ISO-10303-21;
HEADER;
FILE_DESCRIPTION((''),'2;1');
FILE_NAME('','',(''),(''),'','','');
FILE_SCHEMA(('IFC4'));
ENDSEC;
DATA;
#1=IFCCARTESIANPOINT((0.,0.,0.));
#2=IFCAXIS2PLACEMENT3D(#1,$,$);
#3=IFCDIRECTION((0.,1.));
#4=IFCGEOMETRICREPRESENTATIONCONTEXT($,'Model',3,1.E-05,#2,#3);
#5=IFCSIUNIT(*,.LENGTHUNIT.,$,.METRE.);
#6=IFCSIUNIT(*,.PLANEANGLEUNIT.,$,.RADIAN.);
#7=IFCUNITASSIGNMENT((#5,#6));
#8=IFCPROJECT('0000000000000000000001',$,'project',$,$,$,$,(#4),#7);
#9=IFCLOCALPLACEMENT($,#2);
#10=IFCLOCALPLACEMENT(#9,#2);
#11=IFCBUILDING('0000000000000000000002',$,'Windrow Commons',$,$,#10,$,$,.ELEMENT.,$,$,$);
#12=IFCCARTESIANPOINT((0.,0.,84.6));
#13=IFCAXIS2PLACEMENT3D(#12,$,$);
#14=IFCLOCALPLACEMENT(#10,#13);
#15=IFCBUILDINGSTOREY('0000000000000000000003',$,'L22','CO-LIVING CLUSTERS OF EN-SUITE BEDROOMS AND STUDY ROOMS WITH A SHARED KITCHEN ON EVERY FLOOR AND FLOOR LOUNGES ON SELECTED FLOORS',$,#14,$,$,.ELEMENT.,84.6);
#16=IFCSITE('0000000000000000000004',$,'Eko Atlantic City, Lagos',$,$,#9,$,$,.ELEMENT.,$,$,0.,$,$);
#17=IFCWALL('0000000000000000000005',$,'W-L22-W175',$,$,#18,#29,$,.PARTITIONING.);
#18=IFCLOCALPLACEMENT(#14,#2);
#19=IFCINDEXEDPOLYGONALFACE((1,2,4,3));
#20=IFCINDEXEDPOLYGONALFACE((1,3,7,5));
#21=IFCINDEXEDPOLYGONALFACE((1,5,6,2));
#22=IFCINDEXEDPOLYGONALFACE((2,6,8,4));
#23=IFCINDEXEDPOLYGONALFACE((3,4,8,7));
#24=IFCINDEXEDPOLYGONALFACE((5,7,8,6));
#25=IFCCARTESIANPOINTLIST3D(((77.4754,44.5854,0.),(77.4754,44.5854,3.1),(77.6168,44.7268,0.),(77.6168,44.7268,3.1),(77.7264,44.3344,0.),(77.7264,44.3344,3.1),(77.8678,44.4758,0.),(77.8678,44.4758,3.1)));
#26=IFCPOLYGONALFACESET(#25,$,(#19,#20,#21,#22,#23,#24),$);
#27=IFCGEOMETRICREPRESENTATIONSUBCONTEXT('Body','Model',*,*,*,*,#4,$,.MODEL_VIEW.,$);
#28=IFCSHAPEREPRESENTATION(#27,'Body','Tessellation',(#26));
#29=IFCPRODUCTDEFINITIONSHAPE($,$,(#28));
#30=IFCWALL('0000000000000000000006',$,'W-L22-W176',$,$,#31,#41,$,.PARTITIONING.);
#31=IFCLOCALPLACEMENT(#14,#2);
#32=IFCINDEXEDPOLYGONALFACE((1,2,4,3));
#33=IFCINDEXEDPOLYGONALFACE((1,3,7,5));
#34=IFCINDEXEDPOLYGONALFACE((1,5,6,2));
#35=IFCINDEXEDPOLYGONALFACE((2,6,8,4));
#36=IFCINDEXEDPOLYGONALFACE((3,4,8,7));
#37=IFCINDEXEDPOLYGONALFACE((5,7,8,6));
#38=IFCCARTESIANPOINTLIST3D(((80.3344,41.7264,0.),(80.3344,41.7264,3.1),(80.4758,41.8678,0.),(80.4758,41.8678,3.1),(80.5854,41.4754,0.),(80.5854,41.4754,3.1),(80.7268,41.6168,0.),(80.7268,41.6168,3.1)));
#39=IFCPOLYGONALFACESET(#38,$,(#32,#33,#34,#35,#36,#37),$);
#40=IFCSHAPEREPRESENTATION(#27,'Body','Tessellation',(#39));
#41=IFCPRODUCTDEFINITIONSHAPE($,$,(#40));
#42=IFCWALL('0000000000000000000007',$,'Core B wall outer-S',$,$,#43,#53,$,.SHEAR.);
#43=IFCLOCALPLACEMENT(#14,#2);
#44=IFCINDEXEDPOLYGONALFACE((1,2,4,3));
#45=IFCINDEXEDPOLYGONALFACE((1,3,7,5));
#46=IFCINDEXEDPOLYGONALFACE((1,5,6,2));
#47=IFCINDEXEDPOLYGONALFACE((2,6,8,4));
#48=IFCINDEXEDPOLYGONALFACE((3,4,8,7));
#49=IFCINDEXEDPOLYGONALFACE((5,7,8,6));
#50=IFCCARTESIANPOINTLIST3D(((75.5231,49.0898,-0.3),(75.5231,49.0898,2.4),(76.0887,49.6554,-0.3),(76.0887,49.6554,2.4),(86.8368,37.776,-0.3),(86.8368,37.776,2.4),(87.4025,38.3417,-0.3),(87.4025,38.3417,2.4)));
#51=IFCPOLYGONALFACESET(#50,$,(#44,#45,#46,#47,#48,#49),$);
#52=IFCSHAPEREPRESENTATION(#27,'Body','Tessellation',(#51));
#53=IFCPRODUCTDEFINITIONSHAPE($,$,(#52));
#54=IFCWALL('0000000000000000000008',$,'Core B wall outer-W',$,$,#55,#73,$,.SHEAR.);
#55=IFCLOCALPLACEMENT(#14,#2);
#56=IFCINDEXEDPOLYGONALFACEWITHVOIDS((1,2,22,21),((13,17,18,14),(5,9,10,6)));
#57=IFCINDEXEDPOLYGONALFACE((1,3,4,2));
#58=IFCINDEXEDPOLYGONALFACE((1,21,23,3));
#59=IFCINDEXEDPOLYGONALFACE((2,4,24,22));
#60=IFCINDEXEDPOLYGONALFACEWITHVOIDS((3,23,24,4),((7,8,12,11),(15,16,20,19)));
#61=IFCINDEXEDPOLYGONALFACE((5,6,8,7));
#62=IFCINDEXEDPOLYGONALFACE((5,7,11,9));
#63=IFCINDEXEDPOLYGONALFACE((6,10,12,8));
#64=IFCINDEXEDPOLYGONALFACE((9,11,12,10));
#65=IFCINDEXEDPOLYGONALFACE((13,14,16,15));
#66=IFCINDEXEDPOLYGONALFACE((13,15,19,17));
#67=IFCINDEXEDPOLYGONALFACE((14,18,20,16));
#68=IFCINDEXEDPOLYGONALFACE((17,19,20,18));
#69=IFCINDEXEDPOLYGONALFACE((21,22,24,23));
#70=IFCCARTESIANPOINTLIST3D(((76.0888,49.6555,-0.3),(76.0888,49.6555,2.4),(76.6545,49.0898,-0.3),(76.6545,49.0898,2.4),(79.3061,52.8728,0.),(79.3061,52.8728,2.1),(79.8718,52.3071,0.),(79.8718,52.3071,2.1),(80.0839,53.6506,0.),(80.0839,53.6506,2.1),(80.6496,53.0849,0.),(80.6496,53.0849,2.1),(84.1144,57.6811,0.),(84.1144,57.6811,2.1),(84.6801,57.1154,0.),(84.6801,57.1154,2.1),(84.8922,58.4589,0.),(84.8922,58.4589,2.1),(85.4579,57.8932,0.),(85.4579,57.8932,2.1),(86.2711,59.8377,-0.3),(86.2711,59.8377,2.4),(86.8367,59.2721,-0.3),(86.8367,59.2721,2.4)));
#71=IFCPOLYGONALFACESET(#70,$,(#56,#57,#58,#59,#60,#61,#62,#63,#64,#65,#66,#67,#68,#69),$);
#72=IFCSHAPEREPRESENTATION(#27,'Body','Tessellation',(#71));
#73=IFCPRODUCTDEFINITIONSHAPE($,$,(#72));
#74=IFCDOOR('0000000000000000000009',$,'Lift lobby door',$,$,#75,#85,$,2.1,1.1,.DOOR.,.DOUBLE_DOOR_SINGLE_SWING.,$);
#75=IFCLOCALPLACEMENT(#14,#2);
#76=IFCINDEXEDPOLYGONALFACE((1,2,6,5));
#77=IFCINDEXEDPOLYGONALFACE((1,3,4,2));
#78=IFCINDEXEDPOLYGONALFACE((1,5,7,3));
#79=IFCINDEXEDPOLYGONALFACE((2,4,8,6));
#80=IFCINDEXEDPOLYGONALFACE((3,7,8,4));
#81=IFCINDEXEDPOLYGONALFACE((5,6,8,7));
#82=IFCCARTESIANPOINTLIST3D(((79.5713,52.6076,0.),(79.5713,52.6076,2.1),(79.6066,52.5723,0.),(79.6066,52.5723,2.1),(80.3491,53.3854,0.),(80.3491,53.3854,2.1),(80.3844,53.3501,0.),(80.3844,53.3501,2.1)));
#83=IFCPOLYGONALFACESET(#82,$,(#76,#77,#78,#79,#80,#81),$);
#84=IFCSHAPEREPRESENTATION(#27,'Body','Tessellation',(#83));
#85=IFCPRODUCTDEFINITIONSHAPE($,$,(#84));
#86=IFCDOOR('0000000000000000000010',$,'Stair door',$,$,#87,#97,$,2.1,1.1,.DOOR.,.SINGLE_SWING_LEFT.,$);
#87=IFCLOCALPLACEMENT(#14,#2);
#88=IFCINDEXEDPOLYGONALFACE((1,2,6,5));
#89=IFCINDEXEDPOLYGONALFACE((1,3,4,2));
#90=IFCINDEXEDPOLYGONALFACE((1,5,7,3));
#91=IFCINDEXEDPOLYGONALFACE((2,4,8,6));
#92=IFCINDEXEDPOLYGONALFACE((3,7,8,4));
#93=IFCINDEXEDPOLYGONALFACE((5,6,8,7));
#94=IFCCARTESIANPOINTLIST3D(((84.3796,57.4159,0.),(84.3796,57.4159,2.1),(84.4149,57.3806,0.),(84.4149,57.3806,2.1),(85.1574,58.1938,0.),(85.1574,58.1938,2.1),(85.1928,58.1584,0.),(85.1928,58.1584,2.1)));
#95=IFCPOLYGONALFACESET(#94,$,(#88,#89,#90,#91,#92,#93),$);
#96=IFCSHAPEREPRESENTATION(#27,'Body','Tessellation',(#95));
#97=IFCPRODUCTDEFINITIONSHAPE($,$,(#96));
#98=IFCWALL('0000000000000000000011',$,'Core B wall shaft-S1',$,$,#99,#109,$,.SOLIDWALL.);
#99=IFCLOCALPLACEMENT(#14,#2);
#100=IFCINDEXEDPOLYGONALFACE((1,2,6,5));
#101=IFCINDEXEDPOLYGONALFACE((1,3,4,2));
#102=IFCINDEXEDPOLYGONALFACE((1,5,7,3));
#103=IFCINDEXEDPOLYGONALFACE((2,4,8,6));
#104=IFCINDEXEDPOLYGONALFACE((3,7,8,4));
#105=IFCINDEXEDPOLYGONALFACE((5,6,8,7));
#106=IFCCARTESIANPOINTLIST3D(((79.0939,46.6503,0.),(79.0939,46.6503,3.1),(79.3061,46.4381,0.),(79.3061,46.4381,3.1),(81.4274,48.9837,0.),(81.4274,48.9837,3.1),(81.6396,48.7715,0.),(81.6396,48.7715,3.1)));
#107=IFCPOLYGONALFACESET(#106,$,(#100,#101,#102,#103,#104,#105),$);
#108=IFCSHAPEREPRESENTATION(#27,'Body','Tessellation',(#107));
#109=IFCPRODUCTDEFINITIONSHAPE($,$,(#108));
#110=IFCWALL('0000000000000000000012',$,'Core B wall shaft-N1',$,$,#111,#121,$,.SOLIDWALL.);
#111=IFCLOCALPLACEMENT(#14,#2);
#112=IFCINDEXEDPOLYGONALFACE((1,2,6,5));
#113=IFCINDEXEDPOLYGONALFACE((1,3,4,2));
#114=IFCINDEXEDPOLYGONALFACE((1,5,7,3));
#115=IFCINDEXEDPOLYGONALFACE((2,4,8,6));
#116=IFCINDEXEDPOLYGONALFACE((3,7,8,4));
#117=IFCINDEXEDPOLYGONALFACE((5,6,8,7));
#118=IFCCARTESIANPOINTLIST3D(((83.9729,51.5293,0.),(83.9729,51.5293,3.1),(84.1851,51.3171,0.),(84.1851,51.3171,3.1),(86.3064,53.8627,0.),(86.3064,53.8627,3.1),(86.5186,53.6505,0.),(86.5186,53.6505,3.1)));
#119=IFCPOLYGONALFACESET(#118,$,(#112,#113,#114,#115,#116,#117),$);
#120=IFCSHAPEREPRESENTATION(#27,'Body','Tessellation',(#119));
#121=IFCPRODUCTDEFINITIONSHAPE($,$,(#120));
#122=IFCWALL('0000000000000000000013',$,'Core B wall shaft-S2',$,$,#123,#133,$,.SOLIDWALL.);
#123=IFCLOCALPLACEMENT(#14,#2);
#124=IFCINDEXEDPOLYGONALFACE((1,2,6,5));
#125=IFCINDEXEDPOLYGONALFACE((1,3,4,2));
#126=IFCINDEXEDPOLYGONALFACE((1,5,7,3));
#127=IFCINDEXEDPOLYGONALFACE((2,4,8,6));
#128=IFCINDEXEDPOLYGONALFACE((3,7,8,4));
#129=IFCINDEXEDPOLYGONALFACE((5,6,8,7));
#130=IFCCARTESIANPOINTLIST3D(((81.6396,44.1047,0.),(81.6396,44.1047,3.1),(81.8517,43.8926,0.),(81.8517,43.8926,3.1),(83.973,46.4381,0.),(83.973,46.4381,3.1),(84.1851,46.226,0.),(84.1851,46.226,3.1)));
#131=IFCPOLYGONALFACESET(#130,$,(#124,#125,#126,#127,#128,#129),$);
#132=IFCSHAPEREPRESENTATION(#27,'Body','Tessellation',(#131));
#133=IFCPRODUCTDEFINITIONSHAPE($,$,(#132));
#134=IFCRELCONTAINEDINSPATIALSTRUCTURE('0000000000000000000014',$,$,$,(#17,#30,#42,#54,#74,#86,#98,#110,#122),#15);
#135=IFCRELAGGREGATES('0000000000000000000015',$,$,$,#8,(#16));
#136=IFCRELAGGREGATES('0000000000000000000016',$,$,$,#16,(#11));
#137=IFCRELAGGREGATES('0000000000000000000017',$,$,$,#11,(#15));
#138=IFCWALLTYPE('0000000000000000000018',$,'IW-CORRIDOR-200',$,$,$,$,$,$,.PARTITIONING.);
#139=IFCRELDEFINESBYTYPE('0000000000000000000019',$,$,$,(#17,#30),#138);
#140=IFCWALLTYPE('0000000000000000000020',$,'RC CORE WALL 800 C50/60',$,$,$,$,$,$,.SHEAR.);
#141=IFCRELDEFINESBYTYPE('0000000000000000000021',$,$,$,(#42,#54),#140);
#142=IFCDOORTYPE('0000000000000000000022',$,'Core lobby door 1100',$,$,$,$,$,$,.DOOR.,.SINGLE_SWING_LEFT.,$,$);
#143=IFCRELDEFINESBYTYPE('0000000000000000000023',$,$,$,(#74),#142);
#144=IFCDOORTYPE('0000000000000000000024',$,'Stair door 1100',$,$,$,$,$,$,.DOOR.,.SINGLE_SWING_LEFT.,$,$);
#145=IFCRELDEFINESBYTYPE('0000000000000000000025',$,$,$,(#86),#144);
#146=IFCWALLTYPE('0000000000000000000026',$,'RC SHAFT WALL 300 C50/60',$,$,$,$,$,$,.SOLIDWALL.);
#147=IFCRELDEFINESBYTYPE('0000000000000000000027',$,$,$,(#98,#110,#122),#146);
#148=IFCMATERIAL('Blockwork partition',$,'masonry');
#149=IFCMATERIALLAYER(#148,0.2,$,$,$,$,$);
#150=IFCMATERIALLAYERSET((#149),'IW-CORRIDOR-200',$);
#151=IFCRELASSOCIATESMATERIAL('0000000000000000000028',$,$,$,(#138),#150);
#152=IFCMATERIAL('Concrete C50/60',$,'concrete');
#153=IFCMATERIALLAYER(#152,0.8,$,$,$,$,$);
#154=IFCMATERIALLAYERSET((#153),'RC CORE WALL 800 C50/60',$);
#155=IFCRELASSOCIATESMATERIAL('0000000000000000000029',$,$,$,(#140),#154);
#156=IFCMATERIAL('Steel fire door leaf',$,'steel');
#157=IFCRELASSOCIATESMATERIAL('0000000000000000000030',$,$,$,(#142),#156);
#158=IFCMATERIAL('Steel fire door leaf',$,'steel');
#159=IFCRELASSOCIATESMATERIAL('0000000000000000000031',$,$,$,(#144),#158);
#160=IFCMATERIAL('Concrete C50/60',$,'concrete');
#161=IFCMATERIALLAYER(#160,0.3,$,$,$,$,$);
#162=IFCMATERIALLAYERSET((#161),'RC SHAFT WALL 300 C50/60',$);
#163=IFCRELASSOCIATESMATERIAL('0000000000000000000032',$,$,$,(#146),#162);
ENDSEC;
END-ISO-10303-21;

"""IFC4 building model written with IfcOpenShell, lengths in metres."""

from ifc_helpers import new_model, si_unit, direction, frame, frame_2d, origin, place, context, subcontext, project, spatial, rectangle, extrude, material, layer, layer_set, type_object, element, fill, save


model = new_model("IFC4")

# Units and contexts
model_context = context("Model", 3, precision=1e-05, world=origin(), true_north=direction((0.0, 1.0)))
body_context = subcontext(model_context, "Body", "Model", "MODEL_VIEW")
ifc_project = project(units=[si_unit("LENGTHUNIT", "METRE"), si_unit("PLANEANGLEUNIT", "RADIAN")], contexts=[model_context])

# Site, building, storey
site_placement = place(None, origin())
site = spatial("IfcSite", under=ifc_project, at=site_placement, Name="Eko Atlantic City, Lagos", CompositionType="ELEMENT", RefElevation=0.0)
building_placement = place(site_placement, origin())
building = spatial("IfcBuilding", under=site, at=building_placement, Name="Windrow Commons", CompositionType="ELEMENT")
storey_placement = place(building_placement, frame((0.0, 0.0, 84.6)))
storey = spatial("IfcBuildingStorey", under=building, at=storey_placement, Name="L22", Description="CO-LIVING CLUSTERS OF EN-SUITE BEDROOMS AND STUDY ROOMS WITH A SHARED KITCHEN ON EVERY FLOOR AND FLOOR LOUNGES ON SELECTED FLOORS", CompositionType="ELEMENT", Elevation=84.6)

# Shared definitions
ifc_material_1 = material(Name="Blockwork partition", Category="masonry")
ifc_layer_1 = layer(ifc_material_1, 0.2)
ifc_layer_set_1 = layer_set([ifc_layer_1], Name="IW-CORRIDOR-200")
wall_type_1 = type_object("IfcWallType", Name="IW-CORRIDOR-200", PredefinedType="PARTITIONING", material=ifc_layer_set_1)

# Walls
for number, where, z_axis, x_axis, name in (
    (1, (77.5461, 44.6561, 0.0), (0.0, 0.0, 1.0), (0.707107, -0.707107, 0.0), "W-L22-W175"),
    (2, (80.4051, 41.7971, 0.0), (0.0, 0.0, 1.0), (0.707107, -0.707107, 0.0), "W-L22-W176"),
):
    element("IfcWall", number, at=place(storey_placement, frame(where, z_axis=z_axis, x_axis=x_axis)), inside=storey, type_object=wall_type_1, Name=name, PredefinedType="PARTITIONING", context=body_context, shape_type="SweptSolid", body=[
        extrude(rectangle(XDim=0.355, YDim=0.2, at=frame_2d((0.1775, 0.0))), origin(), (0.0, 0.0, 1.0), 3.1),
    ])
ifc_material_2 = material(Name="Concrete C50/60", Category="concrete")
ifc_layer_2 = layer(ifc_material_2, 0.8)
ifc_layer_set_2 = layer_set([ifc_layer_2], Name="RC CORE WALL 800 C50/60")
wall_type_2 = type_object("IfcWallType", Name="RC CORE WALL 800 C50/60", PredefinedType="SHEAR", material=ifc_layer_set_2)
wall_1_placement = place(storey_placement, frame((75.8059, 49.3726, -0.3), z_axis=(0.0, 0.0, 1.0), x_axis=(0.707107, -0.707107, 0.0)))
element("IfcWall", 3, at=wall_1_placement, inside=storey, type_object=wall_type_2, Name="Core B wall outer-S", PredefinedType="SHEAR", context=body_context, shape_type="SweptSolid", body=[
    extrude(rectangle(XDim=16.0, YDim=0.8, at=frame_2d((8.0, 0.0))), origin(), (0.0, 0.0, 1.0), 2.7),
])

# Wall, openings, doors
wall_2_placement = place(storey_placement, frame((76.3716, 49.3726, -0.3), z_axis=(0.0, 0.0, 1.0), x_axis=(0.707107, 0.707107, 0.0)))
wall_2 = element("IfcWall", 4, at=wall_2_placement, inside=storey, type_object=wall_type_2, Name="Core B wall outer-W", PredefinedType="SHEAR", context=body_context, shape_type="SweptSolid", body=[
    extrude(rectangle(XDim=14.3999, YDim=0.8, at=frame_2d((7.2, 0.0))), origin(), (0.0, 0.0, 1.0), 2.7),
])
opening_1_placement = place(wall_2_placement, frame((4.55, 0.0, 0.3)))
opening_1 = element("IfcOpeningElement", 5, at=opening_1_placement, cuts=wall_2, PredefinedType="OPENING", context=body_context, shape_type="SweptSolid", body=[
    extrude(rectangle(XDim=1.1, YDim=2.1, at=frame_2d((0.55, 1.05))), frame((0.0, 0.41, 0.0), z_axis=(0.0, -1.0, 0.0), x_axis=(1.0, 0.0, 0.0)), (0.0, 0.0, 1.0), 0.82),
])
opening_2_placement = place(wall_2_placement, frame((11.35, 0.0, 0.3)))
opening_2 = element("IfcOpeningElement", 6, at=opening_2_placement, cuts=wall_2, PredefinedType="OPENING", context=body_context, shape_type="SweptSolid", body=[
    extrude(rectangle(XDim=1.1, YDim=2.1, at=frame_2d((0.55, 1.05))), frame((0.0, 0.41, 0.0), z_axis=(0.0, -1.0, 0.0), x_axis=(1.0, 0.0, 0.0)), (0.0, 0.0, 1.0), 0.82),
])
ifc_material_3 = material(Name="Steel fire door leaf", Category="steel")
door_type_1 = type_object("IfcDoorType", Name="Core lobby door 1100", OperationType="SINGLE_SWING_LEFT", PredefinedType="DOOR", material=ifc_material_3)
door_1_placement = place(opening_1_placement, origin())
door_1 = element("IfcDoor", 7, at=door_1_placement, inside=storey, type_object=door_type_1, Name="Lift lobby door", OperationType="DOUBLE_DOOR_SINGLE_SWING", OverallHeight=2.1, OverallWidth=1.1, PredefinedType="DOOR", context=body_context, shape_type="SweptSolid", body=[
    extrude(rectangle(XDim=1.1, YDim=2.1, at=frame_2d((0.55, 1.05))), frame((0.0, 0.025, 0.0), z_axis=(0.0, -1.0, 0.0), x_axis=(1.0, 0.0, 0.0)), (0.0, 0.0, 1.0), 0.05),
])
fill(opening_1, door_1)
ifc_material_4 = material(Name="Steel fire door leaf", Category="steel")
door_type_2 = type_object("IfcDoorType", Name="Stair door 1100", OperationType="SINGLE_SWING_LEFT", PredefinedType="DOOR", material=ifc_material_4)
door_2_placement = place(opening_2_placement, origin())
door_2 = element("IfcDoor", 8, at=door_2_placement, inside=storey, type_object=door_type_2, Name="Stair door", OperationType="SINGLE_SWING_LEFT", OverallHeight=2.1, OverallWidth=1.1, PredefinedType="DOOR", context=body_context, shape_type="SweptSolid", body=[
    extrude(rectangle(XDim=1.1, YDim=2.1, at=frame_2d((0.55, 1.05))), frame((0.0, 0.025, 0.0), z_axis=(0.0, -1.0, 0.0), x_axis=(1.0, 0.0, 0.0)), (0.0, 0.0, 1.0), 0.05),
])
fill(opening_2, door_2)

# Walls
ifc_material_5 = material(Name="Concrete C50/60", Category="concrete")
ifc_layer_3 = layer(ifc_material_5, 0.3)
ifc_layer_set_3 = layer_set([ifc_layer_3], Name="RC SHAFT WALL 300 C50/60")
wall_type_3 = type_object("IfcWallType", Name="RC SHAFT WALL 300 C50/60", PredefinedType="SOLIDWALL", material=ifc_layer_set_3)
for number, where, z_axis, x_axis, name in (
    (9, (79.2, 46.5442, 0.0), (0.0, 0.0, 1.0), (0.707122, 0.707092, 0.0), "Core B wall shaft-S1"),
    (10, (84.079, 51.4232, 0.0), (0.0, 0.0, 1.0), (0.707122, 0.707092, 0.0), "Core B wall shaft-N1"),
):
    element("IfcWall", number, at=place(storey_placement, frame(where, z_axis=z_axis, x_axis=x_axis)), inside=storey, type_object=wall_type_3, Name=name, PredefinedType="SOLIDWALL", context=body_context, shape_type="SweptSolid", body=[
        extrude(rectangle(XDim=3.3, YDim=0.3, at=frame_2d((1.65, 0.0))), origin(), (0.0, 0.0, 1.0), 3.1),
    ])
wall_3_placement = place(storey_placement, frame((81.7456, 43.9986, 0.0), z_axis=(0.0, 0.0, 1.0), x_axis=(0.707107, 0.707107, 0.0)))
element("IfcWall", 11, at=wall_3_placement, inside=storey, type_object=wall_type_3, Name="Core B wall shaft-S2", PredefinedType="SOLIDWALL", context=body_context, shape_type="SweptSolid", body=[
    extrude(rectangle(XDim=3.2999, YDim=0.3, at=frame_2d((1.65, 0.0))), origin(), (0.0, 0.0, 1.0), 3.1),
])

save(model, "model.ifc")
